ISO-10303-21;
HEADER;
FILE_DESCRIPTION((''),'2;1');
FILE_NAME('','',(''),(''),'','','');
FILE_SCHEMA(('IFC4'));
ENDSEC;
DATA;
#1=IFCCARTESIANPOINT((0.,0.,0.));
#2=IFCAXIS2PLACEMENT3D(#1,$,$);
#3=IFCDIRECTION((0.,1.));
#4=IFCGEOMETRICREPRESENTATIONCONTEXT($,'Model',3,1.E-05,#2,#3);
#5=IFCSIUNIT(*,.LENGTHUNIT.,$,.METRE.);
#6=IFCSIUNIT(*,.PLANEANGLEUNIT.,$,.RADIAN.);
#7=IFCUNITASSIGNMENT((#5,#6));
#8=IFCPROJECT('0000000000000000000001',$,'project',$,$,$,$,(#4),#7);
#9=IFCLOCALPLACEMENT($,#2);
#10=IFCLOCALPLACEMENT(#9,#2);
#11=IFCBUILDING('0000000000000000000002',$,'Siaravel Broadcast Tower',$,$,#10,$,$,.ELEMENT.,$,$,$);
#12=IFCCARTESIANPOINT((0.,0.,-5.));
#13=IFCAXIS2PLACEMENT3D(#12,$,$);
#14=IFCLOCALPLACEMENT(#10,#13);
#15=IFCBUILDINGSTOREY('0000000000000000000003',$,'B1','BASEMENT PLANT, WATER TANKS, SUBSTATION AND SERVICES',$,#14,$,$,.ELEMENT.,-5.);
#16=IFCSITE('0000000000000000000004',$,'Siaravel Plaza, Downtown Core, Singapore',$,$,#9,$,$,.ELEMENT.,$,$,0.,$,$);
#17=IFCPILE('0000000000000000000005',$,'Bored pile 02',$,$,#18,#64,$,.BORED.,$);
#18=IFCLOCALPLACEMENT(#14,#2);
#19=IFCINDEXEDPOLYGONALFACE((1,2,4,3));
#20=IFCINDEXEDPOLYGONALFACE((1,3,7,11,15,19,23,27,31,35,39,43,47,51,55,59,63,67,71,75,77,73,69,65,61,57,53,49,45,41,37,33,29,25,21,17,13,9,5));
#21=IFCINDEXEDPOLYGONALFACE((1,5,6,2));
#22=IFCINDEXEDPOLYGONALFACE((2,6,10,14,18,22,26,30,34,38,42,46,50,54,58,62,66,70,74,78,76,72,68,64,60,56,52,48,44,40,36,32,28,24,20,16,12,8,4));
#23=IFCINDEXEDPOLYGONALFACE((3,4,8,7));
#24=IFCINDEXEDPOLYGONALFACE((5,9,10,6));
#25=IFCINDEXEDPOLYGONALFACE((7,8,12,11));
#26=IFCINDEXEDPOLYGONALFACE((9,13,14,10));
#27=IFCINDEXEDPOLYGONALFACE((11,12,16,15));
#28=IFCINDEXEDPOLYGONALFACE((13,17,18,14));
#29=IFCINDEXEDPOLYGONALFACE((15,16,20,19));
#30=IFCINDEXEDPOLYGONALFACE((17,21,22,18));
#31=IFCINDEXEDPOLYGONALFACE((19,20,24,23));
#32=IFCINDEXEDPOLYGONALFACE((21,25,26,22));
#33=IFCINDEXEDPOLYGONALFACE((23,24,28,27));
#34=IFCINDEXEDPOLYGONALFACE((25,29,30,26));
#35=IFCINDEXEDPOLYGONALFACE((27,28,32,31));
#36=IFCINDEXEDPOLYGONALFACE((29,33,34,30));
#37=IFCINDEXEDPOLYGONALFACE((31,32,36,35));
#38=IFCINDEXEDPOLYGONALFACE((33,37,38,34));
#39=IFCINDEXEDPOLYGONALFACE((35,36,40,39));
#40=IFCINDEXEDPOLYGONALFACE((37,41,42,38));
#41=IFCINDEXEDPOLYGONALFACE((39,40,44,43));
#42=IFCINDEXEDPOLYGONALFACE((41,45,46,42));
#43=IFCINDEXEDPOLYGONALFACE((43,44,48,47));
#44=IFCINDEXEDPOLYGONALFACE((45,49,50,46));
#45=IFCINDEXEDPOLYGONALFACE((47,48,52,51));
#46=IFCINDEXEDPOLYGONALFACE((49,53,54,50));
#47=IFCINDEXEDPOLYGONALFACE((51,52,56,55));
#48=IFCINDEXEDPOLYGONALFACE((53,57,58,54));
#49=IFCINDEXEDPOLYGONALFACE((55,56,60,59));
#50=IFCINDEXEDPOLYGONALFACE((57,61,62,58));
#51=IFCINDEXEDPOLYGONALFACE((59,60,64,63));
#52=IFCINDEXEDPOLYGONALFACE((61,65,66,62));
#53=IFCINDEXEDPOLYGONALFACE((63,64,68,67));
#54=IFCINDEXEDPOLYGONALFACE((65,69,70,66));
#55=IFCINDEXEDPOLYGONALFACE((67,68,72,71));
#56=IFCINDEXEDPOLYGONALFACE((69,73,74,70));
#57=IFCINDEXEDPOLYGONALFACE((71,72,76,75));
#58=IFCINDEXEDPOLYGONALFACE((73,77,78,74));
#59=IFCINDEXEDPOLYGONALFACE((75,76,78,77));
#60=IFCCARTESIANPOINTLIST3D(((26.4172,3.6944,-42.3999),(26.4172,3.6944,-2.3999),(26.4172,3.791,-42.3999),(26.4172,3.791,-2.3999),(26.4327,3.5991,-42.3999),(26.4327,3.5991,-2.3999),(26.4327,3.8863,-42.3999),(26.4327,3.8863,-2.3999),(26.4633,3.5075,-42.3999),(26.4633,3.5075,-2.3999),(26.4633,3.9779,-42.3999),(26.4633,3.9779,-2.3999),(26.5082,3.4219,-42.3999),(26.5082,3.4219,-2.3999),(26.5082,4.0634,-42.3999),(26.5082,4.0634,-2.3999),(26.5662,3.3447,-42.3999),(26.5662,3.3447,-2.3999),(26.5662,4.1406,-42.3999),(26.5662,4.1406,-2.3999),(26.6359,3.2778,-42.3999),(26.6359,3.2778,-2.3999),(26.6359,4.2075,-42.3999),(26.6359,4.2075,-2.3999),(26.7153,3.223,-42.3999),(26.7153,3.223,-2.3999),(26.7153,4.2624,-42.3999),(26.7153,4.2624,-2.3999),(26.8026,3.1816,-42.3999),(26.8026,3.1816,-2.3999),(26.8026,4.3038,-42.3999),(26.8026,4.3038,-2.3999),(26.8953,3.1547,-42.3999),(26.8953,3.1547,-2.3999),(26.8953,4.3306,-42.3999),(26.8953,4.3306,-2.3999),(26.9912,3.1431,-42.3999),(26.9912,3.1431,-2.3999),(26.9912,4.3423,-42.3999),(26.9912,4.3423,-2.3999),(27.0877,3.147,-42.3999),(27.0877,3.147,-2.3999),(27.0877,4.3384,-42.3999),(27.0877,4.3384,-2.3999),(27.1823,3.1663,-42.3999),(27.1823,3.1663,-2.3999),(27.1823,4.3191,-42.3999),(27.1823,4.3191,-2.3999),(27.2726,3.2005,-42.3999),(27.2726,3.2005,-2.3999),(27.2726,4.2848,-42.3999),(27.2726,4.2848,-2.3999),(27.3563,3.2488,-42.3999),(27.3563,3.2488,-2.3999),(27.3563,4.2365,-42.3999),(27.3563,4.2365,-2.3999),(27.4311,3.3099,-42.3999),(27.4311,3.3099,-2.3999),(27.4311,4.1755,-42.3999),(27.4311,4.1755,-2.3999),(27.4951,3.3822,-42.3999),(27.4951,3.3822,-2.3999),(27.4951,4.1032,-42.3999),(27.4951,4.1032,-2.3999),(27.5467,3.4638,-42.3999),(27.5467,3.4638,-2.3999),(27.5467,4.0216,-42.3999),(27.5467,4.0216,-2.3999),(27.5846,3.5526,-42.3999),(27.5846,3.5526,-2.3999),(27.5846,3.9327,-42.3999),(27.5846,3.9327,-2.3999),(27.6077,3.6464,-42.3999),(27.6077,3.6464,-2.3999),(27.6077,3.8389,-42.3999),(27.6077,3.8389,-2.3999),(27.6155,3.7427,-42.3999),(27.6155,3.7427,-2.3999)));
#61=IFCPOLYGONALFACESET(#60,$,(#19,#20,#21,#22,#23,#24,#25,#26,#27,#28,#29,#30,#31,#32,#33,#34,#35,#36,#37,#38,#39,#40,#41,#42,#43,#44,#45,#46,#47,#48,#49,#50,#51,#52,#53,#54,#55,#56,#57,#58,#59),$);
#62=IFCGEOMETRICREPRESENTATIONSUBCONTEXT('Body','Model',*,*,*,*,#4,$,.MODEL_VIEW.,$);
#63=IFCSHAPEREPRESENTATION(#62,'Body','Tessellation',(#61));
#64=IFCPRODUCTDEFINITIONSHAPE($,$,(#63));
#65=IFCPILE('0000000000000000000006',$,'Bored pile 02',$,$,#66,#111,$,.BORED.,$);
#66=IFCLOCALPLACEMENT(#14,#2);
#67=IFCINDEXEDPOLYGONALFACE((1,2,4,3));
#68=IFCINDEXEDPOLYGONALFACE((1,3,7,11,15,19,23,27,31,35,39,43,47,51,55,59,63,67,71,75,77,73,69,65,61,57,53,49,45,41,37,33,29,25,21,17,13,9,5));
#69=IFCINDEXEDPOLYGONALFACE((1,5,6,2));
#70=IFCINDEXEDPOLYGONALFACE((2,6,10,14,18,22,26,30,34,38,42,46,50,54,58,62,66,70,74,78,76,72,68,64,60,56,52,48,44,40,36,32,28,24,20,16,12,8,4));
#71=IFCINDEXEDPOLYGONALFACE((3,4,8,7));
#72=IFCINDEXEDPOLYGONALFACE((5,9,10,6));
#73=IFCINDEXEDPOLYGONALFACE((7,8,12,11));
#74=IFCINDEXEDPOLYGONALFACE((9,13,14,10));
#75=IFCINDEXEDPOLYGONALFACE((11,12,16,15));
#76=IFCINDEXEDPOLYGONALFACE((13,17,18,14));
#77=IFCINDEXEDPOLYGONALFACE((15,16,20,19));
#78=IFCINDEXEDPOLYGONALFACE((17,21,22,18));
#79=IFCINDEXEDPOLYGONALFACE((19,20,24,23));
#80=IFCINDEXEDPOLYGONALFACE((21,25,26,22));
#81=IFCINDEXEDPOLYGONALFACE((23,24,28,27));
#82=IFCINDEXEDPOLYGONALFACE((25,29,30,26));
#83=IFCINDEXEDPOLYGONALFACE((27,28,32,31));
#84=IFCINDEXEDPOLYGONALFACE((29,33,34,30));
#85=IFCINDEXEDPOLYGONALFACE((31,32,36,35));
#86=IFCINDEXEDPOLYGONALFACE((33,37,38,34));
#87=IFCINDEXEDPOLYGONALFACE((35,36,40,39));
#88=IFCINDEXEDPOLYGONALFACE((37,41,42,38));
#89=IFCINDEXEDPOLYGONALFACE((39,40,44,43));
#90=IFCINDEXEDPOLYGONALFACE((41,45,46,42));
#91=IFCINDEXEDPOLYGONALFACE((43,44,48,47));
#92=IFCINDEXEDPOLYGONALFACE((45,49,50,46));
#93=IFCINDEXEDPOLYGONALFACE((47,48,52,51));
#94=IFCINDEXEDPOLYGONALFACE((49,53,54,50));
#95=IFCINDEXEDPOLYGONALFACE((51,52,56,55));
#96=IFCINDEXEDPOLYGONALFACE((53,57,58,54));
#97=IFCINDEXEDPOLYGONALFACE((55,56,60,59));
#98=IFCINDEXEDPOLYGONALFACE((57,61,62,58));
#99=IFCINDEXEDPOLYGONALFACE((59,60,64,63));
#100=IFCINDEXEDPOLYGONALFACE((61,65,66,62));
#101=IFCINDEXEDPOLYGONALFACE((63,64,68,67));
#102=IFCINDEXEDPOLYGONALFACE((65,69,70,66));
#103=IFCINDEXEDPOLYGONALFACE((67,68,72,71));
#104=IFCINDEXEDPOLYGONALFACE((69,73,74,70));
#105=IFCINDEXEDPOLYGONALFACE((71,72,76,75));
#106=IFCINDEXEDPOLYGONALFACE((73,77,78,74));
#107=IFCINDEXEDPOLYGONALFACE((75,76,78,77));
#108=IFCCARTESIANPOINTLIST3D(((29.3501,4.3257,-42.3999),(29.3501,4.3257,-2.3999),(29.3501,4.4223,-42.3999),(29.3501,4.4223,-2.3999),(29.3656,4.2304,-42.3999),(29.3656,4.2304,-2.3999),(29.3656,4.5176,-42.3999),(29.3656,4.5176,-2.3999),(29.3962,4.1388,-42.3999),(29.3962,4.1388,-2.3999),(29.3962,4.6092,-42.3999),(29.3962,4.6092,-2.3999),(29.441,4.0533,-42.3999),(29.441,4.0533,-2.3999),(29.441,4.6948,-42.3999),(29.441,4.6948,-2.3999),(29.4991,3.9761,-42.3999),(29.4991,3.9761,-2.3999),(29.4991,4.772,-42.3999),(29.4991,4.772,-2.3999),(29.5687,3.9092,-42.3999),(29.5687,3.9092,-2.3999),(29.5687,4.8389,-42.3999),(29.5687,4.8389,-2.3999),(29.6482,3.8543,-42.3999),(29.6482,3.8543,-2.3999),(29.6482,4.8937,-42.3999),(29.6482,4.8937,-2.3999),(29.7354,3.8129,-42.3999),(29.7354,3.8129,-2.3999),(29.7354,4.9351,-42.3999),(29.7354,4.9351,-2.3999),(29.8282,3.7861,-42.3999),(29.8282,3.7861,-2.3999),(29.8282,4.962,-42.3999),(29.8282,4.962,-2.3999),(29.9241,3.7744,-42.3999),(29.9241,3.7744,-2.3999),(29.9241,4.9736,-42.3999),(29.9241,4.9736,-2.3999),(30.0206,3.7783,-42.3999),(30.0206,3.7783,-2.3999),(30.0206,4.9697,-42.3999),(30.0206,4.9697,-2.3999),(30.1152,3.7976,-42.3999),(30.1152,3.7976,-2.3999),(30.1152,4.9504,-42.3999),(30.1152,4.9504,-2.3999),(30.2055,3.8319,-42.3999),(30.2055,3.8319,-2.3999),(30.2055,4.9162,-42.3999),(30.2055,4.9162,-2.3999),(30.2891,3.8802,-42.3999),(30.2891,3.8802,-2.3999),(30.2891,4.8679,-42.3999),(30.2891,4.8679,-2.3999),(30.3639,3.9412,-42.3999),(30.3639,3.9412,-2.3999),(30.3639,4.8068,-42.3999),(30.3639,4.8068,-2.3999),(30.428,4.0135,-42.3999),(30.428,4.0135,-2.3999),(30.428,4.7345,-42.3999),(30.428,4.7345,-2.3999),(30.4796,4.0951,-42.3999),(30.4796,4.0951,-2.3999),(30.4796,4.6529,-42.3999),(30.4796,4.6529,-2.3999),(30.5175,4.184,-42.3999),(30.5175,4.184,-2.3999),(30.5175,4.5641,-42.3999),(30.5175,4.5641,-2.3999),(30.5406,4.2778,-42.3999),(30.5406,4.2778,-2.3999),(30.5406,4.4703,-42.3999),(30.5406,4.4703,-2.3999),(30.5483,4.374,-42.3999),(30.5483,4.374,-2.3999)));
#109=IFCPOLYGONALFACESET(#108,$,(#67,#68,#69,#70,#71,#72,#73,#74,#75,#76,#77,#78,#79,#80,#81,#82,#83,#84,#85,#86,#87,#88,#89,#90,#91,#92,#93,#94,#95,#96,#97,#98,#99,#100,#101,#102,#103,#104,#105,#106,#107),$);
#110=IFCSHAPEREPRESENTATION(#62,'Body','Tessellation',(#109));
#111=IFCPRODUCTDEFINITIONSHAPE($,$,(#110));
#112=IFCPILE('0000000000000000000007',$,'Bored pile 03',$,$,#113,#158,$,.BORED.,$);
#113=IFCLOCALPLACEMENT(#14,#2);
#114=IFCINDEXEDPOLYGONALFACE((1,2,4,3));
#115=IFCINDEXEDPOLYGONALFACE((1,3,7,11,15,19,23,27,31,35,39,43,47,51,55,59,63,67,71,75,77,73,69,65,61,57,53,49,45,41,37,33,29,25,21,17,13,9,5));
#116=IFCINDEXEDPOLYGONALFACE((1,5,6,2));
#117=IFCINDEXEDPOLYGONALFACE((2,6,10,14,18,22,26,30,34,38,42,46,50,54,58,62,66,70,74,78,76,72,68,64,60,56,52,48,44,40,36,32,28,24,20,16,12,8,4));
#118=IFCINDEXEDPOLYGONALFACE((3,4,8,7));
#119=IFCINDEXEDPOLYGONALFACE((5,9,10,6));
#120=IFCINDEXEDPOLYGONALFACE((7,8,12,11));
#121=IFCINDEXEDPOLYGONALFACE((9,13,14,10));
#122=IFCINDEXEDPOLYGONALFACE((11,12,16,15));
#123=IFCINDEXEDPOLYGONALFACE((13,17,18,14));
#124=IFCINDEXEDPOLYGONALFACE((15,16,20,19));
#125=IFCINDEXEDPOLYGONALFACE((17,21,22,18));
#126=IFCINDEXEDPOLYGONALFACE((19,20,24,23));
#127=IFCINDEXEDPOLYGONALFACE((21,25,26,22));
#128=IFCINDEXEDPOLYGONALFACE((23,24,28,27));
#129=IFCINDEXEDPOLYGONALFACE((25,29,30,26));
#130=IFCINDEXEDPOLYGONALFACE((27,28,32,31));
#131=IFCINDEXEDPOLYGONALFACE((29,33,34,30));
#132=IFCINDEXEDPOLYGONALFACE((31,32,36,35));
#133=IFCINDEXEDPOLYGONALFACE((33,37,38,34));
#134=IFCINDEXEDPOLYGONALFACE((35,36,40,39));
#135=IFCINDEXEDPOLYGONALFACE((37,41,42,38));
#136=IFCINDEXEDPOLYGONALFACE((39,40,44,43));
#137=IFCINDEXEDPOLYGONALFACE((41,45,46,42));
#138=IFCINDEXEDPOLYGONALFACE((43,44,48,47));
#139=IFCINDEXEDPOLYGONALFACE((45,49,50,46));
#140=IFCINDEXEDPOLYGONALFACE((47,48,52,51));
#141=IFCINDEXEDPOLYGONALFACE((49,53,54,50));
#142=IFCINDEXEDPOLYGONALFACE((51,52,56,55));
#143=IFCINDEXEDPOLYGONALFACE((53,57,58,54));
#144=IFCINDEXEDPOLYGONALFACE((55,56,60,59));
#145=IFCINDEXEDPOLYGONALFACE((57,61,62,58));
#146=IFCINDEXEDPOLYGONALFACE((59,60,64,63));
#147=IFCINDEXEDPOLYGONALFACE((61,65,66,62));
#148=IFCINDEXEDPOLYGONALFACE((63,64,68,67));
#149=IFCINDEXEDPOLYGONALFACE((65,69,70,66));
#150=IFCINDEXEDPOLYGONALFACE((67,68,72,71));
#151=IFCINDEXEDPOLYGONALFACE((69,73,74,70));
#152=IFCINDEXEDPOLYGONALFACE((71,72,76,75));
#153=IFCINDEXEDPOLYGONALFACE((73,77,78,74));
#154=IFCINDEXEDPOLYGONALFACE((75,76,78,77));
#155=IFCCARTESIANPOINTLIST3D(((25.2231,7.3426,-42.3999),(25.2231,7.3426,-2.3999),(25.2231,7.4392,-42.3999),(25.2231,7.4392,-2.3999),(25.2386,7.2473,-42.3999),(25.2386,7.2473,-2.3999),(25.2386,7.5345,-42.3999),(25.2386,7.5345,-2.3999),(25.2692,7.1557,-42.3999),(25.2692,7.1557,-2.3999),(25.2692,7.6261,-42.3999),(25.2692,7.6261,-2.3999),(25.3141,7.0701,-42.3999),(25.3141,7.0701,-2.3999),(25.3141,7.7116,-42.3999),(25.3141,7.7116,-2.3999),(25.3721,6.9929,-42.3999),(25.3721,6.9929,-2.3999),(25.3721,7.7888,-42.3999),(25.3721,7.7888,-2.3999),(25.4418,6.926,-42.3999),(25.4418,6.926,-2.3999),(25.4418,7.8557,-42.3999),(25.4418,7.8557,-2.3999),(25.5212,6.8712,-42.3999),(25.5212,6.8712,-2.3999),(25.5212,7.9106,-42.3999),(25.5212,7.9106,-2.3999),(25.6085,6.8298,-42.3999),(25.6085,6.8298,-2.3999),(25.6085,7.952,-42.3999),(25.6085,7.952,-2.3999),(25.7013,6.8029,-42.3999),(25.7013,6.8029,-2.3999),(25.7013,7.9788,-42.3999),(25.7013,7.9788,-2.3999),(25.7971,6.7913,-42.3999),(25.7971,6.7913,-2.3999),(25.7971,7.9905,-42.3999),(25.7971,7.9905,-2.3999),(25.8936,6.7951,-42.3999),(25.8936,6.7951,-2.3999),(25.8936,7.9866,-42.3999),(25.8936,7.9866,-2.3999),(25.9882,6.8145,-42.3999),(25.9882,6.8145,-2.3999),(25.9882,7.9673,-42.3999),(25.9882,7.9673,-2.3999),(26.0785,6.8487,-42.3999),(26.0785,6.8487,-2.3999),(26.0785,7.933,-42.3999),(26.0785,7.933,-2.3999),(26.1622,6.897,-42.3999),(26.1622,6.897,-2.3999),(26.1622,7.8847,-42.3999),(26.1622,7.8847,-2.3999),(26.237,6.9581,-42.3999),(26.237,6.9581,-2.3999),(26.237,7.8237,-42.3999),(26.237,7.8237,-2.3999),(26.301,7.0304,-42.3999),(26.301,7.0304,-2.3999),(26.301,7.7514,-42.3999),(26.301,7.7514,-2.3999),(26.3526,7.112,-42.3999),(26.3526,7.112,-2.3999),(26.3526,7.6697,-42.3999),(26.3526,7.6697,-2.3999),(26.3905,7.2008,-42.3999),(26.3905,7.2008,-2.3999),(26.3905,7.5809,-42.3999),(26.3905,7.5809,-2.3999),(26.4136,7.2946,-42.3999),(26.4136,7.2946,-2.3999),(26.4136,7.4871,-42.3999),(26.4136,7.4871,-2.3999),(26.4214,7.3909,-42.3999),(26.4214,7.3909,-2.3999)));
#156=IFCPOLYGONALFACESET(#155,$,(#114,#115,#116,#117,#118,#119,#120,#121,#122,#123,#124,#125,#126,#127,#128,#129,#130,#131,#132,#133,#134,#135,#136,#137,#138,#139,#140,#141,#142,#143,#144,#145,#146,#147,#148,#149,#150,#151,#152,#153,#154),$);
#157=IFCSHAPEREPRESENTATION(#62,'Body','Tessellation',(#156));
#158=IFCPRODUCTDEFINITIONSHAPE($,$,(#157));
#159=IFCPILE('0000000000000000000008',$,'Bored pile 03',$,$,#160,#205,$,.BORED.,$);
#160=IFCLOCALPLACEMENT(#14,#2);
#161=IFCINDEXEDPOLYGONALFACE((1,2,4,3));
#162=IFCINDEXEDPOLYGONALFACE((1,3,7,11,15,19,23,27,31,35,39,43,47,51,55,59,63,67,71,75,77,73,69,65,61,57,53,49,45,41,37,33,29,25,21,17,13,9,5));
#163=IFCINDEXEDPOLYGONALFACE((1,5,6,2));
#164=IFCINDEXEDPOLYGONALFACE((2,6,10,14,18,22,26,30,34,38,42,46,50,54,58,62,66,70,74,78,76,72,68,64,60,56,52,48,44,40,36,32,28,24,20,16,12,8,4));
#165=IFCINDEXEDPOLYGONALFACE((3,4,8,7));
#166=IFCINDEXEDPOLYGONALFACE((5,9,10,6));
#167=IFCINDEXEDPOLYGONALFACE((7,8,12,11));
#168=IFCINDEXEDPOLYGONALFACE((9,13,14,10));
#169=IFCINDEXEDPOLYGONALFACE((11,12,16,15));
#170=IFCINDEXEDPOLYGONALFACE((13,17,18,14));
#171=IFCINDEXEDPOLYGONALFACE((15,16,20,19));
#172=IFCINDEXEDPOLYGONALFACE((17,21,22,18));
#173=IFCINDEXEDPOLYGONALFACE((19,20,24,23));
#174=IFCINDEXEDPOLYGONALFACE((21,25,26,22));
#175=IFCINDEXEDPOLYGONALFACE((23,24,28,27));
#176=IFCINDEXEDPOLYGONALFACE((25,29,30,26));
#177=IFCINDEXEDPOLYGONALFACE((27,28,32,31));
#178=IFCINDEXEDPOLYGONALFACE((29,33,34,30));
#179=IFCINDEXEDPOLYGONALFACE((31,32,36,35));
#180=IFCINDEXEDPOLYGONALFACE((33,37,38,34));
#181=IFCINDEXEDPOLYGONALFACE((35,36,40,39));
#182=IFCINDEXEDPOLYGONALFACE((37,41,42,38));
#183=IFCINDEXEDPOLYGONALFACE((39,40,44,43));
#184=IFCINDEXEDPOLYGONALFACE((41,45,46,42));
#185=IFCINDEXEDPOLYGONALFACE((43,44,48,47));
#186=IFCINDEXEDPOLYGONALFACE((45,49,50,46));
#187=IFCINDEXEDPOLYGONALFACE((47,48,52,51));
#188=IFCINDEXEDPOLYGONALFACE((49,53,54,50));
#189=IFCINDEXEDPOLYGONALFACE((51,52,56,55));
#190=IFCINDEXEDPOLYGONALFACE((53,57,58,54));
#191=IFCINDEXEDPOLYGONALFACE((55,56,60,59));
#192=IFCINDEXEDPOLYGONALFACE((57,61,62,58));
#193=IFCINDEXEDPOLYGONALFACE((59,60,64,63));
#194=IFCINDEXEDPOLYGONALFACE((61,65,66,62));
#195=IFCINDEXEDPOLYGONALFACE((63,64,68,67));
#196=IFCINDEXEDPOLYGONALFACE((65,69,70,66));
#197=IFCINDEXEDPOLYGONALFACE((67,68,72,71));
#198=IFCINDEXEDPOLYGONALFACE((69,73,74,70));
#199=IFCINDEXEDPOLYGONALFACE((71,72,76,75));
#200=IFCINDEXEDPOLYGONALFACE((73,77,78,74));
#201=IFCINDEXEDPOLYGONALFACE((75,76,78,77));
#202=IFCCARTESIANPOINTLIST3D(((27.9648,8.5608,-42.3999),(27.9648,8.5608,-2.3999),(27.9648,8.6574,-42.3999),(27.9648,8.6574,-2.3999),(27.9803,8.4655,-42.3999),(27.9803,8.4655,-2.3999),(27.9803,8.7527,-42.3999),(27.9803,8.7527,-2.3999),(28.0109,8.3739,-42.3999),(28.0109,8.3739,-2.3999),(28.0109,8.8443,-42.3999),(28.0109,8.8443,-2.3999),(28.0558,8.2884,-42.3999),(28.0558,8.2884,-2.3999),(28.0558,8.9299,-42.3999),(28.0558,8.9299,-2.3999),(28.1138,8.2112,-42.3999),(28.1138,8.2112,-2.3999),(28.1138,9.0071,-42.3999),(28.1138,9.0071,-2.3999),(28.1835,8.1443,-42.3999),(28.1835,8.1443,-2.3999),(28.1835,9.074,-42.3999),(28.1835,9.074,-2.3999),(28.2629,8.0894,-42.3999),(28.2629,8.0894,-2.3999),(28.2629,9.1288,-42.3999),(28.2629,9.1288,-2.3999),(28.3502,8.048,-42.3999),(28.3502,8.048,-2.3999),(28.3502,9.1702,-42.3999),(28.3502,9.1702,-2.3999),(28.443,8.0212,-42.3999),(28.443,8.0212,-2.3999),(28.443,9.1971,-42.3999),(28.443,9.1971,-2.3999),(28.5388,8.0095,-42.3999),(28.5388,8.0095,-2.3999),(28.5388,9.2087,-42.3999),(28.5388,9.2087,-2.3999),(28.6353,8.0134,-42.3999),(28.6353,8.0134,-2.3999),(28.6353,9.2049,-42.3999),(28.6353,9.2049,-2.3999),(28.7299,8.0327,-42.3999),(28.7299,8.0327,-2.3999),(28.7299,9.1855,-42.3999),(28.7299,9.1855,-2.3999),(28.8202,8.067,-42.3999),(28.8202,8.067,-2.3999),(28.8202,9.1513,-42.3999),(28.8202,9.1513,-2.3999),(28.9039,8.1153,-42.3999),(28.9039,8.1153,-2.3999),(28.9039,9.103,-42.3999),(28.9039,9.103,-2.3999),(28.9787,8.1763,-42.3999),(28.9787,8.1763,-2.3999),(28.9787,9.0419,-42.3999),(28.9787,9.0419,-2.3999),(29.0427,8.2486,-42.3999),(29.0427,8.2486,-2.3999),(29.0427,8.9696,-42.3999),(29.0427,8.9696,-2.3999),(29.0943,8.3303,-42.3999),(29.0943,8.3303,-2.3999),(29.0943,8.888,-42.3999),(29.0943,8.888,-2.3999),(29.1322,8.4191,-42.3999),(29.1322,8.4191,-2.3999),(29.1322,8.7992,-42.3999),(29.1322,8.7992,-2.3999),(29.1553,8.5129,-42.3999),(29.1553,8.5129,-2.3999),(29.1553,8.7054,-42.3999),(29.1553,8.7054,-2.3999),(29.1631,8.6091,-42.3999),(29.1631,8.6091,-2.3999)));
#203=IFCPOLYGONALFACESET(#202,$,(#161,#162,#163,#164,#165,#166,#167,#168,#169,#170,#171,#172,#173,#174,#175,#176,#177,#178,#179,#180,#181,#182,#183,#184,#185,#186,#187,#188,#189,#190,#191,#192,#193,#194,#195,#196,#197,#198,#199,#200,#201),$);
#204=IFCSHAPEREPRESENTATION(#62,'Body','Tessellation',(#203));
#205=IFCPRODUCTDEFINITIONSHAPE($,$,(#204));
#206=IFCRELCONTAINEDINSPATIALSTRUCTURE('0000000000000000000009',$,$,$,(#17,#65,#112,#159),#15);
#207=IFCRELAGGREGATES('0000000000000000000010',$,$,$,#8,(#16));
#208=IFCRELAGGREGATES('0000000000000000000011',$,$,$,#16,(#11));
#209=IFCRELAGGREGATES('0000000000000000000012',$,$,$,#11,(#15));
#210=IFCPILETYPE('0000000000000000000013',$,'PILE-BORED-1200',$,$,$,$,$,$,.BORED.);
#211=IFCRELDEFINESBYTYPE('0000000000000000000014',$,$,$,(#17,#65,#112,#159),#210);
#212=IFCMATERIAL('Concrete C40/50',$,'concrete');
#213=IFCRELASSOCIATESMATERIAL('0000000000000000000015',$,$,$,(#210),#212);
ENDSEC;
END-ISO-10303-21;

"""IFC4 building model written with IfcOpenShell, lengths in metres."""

from ifc_helpers import new_model, si_unit, direction, frame, origin, origin_2d, place, context, subcontext, project, spatial, circle, extrude, material, material_profile, profile_set, type_object, element, save


model = new_model("IFC4")

# Units and contexts
model_context = context("Model", 3, precision=1e-05, world=origin(), true_north=direction((0.0, 1.0)))
body_context = subcontext(model_context, "Body", "Model", "MODEL_VIEW")
ifc_project = project(units=[si_unit("LENGTHUNIT", "METRE"), si_unit("PLANEANGLEUNIT", "RADIAN")], contexts=[model_context])

# Site, building, storey
site_placement = place(None, origin())
site = spatial("IfcSite", under=ifc_project, at=site_placement, Name="Siaravel Plaza, Downtown Core, Singapore", CompositionType="ELEMENT", RefElevation=0.0)
building_placement = place(site_placement, origin())
building = spatial("IfcBuilding", under=site, at=building_placement, Name="Siaravel Broadcast Tower", CompositionType="ELEMENT")
storey_placement = place(building_placement, frame((0.0, 0.0, -5.0)))
storey = spatial("IfcBuildingStorey", under=building, at=storey_placement, Name="B1", Description="BASEMENT PLANT, WATER TANKS, SUBSTATION AND SERVICES", CompositionType="ELEMENT", Elevation=-5.0)

# Shared definitions
ifc_material_1 = material(Name="Concrete C40/50", Category="concrete")

# Piles
ifc_material_profile_1 = material_profile(ifc_material_1, circle(Radius=0.6001, at=origin_2d()))
ifc_profile_set_1 = profile_set([ifc_material_profile_1], Name="Concrete C40/50")
pile_type_1 = type_object("IfcPileType", Name="PILE-BORED-1200", PredefinedType="BORED", material=ifc_profile_set_1)
for number, where, z_axis, x_axis, name in (
    (1, (27.0154, 3.7427, -2.3999), (0.0, 0.0, -1.0), (1.0, 0.0, 0.0), "Bored pile 02"),
    (2, (29.9482, 4.374, -2.3999), (0.0, 0.0, -1.0), (1.0, 0.0, 0.0), "Bored pile 02"),
    (3, (25.8213, 7.3909, -2.3999), (0.0, 0.0, -1.0), (1.0, 0.0, 0.0), "Bored pile 03"),
    (4, (28.563, 8.6091, -2.3999), (0.0, 0.0, -1.0), (1.0, 0.0, 0.0), "Bored pile 03"),
):
    element("IfcPile", number, at=place(storey_placement, frame(where, z_axis=z_axis, x_axis=x_axis)), inside=storey, type_object=pile_type_1, Name=name, PredefinedType="BORED", context=body_context, shape_type="SweptSolid", body=[
        extrude(circle(Radius=0.6001, at=origin_2d()), origin(), (0.0, 0.0, 1.0), 40.0),
    ])

save(model, "model.ifc")
